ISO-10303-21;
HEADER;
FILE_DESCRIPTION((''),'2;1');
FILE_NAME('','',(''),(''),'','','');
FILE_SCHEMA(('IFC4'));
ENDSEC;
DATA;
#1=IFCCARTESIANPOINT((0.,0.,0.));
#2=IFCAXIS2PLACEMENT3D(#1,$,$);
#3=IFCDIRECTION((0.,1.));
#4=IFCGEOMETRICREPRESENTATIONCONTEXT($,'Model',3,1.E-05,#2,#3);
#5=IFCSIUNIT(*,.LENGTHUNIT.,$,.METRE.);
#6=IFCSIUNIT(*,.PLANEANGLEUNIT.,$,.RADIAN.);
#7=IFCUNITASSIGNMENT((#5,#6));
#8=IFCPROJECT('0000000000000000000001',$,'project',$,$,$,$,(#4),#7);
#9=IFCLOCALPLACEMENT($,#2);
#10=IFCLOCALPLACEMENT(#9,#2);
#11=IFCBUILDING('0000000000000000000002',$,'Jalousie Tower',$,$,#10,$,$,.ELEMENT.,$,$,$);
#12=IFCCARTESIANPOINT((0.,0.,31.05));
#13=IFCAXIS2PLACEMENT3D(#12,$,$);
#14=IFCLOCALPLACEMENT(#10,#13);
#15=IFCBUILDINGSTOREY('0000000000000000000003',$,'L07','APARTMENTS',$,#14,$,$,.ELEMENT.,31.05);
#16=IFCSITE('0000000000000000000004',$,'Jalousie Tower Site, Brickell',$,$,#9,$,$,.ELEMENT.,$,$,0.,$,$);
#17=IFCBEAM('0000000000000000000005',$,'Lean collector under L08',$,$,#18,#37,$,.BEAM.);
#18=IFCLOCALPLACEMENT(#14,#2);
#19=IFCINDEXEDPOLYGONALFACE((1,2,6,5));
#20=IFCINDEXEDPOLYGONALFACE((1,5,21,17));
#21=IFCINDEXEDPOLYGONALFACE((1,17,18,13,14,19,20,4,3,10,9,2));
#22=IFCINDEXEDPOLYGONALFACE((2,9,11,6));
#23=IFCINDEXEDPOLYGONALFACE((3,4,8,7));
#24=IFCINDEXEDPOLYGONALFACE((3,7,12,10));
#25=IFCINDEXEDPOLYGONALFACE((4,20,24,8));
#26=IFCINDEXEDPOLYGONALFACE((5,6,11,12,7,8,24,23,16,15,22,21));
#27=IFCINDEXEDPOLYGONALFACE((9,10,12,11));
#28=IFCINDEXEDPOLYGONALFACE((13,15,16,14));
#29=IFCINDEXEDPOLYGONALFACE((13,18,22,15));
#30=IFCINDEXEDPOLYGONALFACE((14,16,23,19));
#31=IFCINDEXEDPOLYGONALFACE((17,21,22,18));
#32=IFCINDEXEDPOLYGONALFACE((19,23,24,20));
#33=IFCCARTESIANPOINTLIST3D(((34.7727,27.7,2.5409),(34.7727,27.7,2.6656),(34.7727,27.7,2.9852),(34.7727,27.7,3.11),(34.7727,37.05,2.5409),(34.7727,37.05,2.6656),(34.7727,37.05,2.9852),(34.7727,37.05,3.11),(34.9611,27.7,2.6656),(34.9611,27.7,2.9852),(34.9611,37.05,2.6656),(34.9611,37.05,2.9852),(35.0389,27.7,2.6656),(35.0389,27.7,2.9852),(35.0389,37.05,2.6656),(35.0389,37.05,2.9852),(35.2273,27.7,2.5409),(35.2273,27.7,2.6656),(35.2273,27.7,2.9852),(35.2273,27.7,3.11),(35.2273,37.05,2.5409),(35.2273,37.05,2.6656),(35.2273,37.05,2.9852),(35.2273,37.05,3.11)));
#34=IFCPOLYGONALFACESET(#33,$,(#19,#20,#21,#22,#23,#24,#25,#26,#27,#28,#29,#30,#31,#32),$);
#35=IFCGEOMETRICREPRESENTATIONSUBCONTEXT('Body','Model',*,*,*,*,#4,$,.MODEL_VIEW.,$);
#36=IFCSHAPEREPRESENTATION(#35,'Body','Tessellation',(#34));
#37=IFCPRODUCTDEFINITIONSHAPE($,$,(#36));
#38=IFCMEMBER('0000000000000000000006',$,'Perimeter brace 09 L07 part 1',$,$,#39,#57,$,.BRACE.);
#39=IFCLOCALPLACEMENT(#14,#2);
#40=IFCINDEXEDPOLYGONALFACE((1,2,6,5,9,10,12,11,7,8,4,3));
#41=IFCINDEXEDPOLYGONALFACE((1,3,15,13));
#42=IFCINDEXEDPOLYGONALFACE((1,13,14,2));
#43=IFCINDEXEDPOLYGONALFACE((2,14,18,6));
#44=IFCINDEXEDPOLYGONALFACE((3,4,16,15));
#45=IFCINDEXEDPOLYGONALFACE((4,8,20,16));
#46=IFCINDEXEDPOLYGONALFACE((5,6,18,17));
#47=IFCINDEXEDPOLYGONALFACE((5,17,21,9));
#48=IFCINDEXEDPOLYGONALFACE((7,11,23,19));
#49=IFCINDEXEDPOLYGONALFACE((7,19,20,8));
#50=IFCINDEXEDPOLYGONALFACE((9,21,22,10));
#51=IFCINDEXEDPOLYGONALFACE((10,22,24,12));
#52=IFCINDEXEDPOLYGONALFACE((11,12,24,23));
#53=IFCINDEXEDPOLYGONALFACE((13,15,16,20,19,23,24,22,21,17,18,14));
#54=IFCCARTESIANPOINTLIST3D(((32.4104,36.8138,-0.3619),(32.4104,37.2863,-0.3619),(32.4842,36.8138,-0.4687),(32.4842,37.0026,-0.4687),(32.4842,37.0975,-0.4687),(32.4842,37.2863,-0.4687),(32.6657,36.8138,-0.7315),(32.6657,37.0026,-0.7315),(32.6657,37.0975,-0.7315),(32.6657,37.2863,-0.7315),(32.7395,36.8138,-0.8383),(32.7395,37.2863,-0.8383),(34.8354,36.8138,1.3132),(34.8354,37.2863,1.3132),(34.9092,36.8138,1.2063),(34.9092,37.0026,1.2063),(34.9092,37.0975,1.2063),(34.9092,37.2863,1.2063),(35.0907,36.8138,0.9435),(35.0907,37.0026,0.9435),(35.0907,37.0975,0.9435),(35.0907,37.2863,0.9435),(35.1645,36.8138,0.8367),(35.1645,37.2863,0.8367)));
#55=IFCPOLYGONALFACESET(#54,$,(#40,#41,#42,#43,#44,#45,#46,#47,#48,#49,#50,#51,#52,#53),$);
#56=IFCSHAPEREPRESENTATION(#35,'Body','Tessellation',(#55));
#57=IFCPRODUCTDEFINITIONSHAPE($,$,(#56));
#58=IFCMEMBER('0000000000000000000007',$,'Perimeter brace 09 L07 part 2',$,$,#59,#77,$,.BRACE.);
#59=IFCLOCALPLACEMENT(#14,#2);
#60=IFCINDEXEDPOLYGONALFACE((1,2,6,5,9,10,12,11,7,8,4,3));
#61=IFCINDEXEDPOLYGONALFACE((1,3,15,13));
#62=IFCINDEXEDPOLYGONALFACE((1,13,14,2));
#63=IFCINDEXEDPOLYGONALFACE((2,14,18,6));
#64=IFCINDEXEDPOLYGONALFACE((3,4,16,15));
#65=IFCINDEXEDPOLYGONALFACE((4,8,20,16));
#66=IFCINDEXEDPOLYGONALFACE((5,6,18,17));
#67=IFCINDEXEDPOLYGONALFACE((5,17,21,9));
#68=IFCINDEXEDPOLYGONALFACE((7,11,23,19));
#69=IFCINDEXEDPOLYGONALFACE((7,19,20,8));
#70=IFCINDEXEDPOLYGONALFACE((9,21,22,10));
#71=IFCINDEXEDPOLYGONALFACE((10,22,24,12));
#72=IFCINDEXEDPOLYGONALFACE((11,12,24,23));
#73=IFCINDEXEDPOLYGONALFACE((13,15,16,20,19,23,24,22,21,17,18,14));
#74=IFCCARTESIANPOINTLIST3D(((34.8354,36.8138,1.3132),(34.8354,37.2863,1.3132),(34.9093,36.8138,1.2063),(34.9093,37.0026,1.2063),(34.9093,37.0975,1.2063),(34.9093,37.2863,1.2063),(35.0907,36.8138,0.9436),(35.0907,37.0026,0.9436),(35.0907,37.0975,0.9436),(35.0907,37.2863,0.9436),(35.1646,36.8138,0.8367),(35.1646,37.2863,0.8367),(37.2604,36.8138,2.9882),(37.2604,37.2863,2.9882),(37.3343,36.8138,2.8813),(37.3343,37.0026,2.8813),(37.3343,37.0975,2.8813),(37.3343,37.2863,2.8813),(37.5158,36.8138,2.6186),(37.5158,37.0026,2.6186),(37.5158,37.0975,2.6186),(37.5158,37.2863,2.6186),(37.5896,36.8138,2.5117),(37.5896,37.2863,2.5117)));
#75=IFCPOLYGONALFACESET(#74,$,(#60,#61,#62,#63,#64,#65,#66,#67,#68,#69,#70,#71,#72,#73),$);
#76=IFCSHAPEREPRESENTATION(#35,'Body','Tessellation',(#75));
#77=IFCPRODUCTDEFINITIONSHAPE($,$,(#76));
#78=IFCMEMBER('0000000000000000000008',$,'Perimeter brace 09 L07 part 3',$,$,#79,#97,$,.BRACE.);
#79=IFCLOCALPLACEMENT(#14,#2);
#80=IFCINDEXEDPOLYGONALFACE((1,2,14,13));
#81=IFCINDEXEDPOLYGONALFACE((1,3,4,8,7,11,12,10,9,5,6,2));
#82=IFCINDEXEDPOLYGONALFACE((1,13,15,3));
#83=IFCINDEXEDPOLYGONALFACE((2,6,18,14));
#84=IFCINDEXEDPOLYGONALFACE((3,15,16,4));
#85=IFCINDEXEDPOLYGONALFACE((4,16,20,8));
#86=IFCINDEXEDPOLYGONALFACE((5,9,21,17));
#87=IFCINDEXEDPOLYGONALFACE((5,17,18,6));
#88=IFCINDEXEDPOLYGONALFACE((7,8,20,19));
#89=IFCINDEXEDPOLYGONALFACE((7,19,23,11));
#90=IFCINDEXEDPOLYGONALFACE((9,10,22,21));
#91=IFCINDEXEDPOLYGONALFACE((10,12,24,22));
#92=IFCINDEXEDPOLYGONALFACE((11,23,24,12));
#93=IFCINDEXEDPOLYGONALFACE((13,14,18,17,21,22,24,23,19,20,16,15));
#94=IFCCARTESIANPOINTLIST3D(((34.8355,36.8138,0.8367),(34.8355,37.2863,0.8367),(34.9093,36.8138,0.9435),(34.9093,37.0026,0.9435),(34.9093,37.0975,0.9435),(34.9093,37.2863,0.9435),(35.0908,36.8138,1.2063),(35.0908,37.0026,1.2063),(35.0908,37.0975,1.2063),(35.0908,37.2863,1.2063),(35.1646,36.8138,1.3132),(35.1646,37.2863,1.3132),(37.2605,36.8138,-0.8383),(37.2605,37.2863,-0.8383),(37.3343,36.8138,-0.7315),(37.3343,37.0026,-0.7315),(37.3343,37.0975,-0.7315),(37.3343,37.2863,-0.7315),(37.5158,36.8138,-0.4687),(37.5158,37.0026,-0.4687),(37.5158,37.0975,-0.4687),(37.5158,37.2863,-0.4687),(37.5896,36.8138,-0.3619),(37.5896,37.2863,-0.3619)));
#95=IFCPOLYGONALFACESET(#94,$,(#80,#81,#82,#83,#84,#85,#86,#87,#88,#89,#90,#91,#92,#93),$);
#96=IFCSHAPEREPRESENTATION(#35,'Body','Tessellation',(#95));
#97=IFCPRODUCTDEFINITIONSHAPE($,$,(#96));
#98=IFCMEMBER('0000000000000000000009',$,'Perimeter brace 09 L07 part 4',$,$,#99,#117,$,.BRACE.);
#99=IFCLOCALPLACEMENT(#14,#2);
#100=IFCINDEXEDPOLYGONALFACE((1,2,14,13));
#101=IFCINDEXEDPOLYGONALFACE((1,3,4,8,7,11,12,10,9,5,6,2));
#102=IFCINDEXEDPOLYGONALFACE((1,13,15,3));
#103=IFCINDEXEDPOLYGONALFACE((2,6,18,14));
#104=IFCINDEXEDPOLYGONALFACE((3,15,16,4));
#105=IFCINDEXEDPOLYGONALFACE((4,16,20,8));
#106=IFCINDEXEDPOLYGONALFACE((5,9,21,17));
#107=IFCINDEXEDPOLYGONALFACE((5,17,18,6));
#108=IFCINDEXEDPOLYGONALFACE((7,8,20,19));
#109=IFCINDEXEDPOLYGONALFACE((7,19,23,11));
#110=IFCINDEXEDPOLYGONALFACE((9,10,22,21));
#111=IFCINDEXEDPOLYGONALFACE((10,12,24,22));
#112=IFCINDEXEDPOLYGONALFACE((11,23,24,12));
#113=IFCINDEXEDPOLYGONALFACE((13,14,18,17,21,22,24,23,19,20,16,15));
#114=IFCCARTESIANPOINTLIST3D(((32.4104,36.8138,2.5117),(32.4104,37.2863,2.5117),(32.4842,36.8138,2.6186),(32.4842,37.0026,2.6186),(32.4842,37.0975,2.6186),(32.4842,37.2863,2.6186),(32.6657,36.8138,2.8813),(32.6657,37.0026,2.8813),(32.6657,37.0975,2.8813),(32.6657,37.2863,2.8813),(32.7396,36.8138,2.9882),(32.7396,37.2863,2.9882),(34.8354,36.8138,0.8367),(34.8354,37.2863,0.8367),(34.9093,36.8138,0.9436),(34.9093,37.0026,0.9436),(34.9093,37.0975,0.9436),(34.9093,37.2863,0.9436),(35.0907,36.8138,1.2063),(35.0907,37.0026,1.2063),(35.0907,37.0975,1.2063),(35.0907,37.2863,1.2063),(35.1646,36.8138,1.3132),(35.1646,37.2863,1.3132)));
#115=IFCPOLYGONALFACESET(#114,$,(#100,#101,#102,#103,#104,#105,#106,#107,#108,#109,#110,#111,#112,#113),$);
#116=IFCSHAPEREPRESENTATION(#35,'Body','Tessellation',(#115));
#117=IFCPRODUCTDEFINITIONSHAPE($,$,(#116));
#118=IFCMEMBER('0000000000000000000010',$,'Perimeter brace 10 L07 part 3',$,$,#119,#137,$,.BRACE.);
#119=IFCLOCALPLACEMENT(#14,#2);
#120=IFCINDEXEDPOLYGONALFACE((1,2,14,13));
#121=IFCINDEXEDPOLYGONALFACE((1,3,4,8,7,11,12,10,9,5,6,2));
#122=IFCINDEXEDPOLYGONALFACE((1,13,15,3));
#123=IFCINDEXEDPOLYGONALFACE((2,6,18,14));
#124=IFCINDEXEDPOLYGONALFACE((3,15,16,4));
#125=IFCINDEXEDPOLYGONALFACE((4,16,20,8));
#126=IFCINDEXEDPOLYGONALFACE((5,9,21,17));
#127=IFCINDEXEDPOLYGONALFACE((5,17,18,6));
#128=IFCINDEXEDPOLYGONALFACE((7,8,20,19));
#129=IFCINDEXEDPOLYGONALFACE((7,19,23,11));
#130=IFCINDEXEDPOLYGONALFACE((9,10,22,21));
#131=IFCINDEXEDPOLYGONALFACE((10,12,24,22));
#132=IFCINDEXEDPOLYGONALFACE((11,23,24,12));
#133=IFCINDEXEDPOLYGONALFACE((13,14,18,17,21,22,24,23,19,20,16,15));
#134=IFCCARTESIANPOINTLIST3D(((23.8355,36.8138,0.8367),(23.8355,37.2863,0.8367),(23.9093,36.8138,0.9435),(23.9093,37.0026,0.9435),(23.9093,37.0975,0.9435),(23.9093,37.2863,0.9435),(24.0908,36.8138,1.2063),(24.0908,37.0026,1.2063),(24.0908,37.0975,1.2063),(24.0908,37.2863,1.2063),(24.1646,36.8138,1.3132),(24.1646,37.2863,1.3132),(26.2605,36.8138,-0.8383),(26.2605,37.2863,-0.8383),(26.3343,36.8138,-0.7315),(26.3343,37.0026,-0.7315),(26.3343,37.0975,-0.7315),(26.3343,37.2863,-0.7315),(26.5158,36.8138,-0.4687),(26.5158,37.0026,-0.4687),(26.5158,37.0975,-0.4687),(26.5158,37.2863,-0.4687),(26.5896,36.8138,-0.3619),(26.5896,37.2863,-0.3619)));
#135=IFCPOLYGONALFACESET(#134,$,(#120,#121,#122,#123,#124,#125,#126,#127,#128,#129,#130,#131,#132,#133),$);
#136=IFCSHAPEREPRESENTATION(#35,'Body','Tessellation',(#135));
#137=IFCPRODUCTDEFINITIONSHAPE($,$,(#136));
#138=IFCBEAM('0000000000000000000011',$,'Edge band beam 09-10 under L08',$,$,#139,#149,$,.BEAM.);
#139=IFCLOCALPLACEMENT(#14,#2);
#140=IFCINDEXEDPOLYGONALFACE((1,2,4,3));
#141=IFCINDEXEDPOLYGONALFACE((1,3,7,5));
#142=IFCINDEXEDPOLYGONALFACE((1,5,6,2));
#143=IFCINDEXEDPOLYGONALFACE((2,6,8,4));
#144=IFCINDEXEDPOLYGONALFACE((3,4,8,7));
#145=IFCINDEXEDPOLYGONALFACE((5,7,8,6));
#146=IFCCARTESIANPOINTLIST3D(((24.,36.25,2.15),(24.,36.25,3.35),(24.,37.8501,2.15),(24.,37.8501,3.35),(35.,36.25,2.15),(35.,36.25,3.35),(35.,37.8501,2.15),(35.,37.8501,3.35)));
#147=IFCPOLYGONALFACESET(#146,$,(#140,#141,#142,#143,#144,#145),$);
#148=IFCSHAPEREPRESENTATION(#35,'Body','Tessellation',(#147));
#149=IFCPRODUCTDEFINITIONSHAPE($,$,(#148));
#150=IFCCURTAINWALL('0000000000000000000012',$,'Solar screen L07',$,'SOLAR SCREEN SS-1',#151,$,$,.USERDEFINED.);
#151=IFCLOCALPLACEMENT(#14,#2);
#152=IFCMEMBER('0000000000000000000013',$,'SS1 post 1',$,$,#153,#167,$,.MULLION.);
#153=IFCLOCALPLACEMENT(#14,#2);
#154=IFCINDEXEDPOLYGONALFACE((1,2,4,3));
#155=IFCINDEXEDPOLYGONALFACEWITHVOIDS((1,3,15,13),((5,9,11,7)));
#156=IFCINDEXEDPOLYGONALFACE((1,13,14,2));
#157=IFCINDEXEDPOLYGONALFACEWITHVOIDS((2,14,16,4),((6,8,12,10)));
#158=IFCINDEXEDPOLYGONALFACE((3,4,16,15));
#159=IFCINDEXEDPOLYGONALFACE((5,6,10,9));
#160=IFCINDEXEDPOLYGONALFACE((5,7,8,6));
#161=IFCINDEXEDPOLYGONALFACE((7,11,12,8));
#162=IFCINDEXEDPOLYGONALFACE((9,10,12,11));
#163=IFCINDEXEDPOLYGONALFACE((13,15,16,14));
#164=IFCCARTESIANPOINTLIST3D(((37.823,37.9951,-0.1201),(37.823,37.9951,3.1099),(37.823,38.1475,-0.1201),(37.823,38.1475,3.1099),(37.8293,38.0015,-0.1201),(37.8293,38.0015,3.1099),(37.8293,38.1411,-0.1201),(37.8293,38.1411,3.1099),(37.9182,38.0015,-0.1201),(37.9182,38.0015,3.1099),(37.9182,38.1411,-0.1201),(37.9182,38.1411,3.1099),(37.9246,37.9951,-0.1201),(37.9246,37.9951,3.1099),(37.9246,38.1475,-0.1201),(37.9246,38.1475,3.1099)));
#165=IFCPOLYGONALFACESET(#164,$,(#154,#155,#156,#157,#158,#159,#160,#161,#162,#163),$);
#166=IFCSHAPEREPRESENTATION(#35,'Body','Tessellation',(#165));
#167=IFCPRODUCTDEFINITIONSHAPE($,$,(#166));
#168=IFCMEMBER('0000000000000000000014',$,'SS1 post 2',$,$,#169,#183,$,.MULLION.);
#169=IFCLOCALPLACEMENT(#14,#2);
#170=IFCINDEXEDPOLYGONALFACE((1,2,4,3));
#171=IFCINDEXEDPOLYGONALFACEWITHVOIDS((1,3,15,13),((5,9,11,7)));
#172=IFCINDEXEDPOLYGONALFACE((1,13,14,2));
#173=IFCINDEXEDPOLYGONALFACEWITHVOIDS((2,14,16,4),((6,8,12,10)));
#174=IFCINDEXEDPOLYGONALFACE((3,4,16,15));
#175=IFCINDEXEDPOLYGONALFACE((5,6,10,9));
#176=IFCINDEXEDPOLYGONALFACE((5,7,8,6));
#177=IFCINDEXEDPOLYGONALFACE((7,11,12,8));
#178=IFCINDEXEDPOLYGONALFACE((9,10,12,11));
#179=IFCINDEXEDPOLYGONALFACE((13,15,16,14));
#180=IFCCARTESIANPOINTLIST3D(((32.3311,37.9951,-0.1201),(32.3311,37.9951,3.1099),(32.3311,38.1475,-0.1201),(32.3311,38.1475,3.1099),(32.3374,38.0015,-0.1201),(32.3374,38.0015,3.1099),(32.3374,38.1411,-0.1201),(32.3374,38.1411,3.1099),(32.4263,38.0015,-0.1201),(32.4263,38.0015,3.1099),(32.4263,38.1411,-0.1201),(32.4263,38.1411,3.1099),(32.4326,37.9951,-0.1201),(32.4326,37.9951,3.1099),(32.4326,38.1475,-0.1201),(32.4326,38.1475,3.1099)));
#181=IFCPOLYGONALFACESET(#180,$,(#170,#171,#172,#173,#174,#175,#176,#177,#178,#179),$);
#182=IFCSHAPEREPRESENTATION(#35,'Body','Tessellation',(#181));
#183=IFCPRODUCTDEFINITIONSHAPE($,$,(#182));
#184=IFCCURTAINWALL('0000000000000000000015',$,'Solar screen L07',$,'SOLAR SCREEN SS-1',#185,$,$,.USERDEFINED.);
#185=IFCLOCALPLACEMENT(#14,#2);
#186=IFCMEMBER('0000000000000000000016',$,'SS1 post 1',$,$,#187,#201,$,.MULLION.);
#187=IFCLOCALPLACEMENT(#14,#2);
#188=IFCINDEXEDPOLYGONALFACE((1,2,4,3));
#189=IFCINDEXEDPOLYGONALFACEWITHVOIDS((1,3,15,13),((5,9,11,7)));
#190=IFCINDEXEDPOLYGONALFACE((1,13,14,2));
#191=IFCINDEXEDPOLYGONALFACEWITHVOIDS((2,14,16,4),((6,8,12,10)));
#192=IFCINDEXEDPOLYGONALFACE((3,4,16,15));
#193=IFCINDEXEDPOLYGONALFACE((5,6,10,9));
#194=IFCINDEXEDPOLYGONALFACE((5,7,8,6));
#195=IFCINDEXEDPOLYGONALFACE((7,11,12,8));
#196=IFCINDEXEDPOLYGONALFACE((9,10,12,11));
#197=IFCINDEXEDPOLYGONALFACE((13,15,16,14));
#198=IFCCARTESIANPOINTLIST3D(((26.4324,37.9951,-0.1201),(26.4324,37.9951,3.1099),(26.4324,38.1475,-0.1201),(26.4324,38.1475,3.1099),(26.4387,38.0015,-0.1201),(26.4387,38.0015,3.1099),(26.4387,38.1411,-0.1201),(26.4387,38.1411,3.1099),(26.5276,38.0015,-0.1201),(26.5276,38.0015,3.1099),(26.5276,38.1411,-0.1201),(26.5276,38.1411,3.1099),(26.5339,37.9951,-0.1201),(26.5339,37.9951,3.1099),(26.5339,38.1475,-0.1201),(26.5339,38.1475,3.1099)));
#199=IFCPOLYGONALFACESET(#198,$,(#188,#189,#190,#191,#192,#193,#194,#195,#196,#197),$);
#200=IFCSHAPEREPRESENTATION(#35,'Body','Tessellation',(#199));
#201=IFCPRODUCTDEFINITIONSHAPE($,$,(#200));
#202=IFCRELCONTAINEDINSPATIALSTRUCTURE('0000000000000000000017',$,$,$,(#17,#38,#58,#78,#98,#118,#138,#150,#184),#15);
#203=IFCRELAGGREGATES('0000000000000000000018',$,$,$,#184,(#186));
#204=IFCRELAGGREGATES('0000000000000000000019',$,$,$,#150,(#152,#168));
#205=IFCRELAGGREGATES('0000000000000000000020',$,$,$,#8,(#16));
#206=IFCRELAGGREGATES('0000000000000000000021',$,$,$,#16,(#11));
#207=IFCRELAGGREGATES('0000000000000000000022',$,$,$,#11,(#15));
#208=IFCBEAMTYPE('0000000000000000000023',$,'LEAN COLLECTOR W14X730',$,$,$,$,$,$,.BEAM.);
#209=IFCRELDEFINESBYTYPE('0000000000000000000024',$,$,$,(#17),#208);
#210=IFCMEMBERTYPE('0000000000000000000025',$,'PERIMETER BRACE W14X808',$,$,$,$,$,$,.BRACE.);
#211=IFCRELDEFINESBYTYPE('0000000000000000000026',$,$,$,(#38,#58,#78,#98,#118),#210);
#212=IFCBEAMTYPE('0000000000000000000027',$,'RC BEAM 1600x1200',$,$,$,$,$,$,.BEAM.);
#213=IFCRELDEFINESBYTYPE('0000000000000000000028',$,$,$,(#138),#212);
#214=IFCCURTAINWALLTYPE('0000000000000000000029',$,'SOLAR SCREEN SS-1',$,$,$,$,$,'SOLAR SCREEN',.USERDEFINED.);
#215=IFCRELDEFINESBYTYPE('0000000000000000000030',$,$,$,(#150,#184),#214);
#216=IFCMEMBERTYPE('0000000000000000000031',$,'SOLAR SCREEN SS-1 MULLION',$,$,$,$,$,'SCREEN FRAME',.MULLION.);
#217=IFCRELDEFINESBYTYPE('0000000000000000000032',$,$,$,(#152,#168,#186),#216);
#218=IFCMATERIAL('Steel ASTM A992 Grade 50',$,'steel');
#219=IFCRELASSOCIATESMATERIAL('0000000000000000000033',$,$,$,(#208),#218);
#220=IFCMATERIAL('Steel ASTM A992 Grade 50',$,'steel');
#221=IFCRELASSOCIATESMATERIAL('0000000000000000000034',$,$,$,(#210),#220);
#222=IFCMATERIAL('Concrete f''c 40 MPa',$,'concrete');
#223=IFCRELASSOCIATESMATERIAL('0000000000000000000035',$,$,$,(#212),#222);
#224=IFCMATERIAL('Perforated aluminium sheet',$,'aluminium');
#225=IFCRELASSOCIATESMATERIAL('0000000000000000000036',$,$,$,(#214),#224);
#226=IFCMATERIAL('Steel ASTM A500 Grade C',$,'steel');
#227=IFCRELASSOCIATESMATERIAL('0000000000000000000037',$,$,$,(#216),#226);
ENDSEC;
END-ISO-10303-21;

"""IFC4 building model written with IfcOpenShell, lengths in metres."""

from ifc_helpers import new_model, si_unit, direction, frame, origin, origin_2d, place, context, subcontext, project, spatial, rectangle, hollow_rectangle, i_section, extrude, material, material_profile, profile_set, type_object, element, aggregate, save


model = new_model("IFC4")

# Units and contexts
model_context = context("Model", 3, precision=1e-05, world=origin(), true_north=direction((0.0, 1.0)))
body_context = subcontext(model_context, "Body", "Model", "MODEL_VIEW")
ifc_project = project(units=[si_unit("LENGTHUNIT", "METRE"), si_unit("PLANEANGLEUNIT", "RADIAN")], contexts=[model_context])

# Site, building, storey
site_placement = place(None, origin())
site = spatial("IfcSite", under=ifc_project, at=site_placement, Name="Jalousie Tower Site, Brickell", CompositionType="ELEMENT", RefElevation=0.0)
building_placement = place(site_placement, origin())
building = spatial("IfcBuilding", under=site, at=building_placement, Name="Jalousie Tower", CompositionType="ELEMENT")
storey_placement = place(building_placement, frame((0.0, 0.0, 31.05)))
storey = spatial("IfcBuildingStorey", under=building, at=storey_placement, Name="L07", Description="APARTMENTS", CompositionType="ELEMENT", Elevation=31.05)

# Beam
ifc_material_1 = material(Name="Steel ASTM A992 Grade 50", Category="steel")
ifc_material_profile_1 = material_profile(ifc_material_1, i_section(OverallWidth=0.4546, OverallDepth=0.5691, WebThickness=0.0779, FlangeThickness=0.1248, at=origin_2d()), Name="W14X730")
ifc_profile_set_1 = profile_set([ifc_material_profile_1], Name="Steel ASTM A992 Grade 50")
beam_type_1 = type_object("IfcBeamType", Name="LEAN COLLECTOR W14X730", PredefinedType="BEAM", material=ifc_profile_set_1)
beam_1_placement = place(storey_placement, frame((35.0, 37.05, 2.8254), z_axis=(0.0, -1.0, 0.0), x_axis=(1.0, 0.0, 0.0)))
element("IfcBeam", 1, at=beam_1_placement, inside=storey, type_object=beam_type_1, Name="Lean collector under L08", PredefinedType="BEAM", context=body_context, shape_type="SweptSolid", body=[
    extrude(i_section(OverallWidth=0.4546, OverallDepth=0.5691, WebThickness=0.0779, FlangeThickness=0.1248, at=origin_2d()), origin(), (0.0, 0.0, 1.0), 9.3501),
])

# Members
ifc_material_2 = material(Name="Steel ASTM A992 Grade 50", Category="steel")
ifc_material_profile_2 = material_profile(ifc_material_2, i_section(OverallWidth=0.4724, OverallDepth=0.5791, WebThickness=0.095, FlangeThickness=0.1299, at=origin_2d()), Name="W14X808")
ifc_profile_set_2 = profile_set([ifc_material_profile_2], Name="Steel ASTM A992 Grade 50")
member_type_1 = type_object("IfcMemberType", Name="PERIMETER BRACE W14X808", PredefinedType="BRACE", material=ifc_profile_set_2)
for number, where, z_axis, x_axis, name in (
    (2, (32.575, 37.05, -0.6001), (0.8228, 0.0, 0.568331), (0.0, 1.0, 0.0), "Perimeter brace 09 L07 part 1"),
    (3, (35.0, 37.05, 1.075), (0.8228, 0.0, 0.568331), (0.0, 1.0, 0.0), "Perimeter brace 09 L07 part 2"),
    (4, (37.425, 37.05, -0.6001), (-0.8228, 0.0, 0.568331), (0.0, -1.0, 0.0), "Perimeter brace 09 L07 part 3"),
    (5, (35.0, 37.05, 1.075), (-0.8228, 0.0, 0.568331), (0.0, -1.0, 0.0), "Perimeter brace 09 L07 part 4"),
    (6, (26.425, 37.05, -0.6001), (-0.8228, 0.0, 0.568331), (0.0, -1.0, 0.0), "Perimeter brace 10 L07 part 3"),
):
    element("IfcMember", number, at=place(storey_placement, frame(where, z_axis=z_axis, x_axis=x_axis)), inside=storey, type_object=member_type_1, Name=name, PredefinedType="BRACE", context=body_context, shape_type="SweptSolid", body=[
        extrude(i_section(OverallWidth=0.4724, OverallDepth=0.5791, WebThickness=0.095, FlangeThickness=0.1299, at=origin_2d()), origin(), (0.0, 0.0, 1.0), 2.9473),
    ])

# Beam
ifc_material_3 = material(Name="Concrete f'c 40 MPa", Category="concrete")
ifc_material_profile_3 = material_profile(ifc_material_3, rectangle(XDim=1.6001, YDim=1.2, at=origin_2d()), Name="RC 1600x1200")
ifc_profile_set_3 = profile_set([ifc_material_profile_3], Name="Concrete f'c 40 MPa")
beam_type_2 = type_object("IfcBeamType", Name="RC BEAM 1600x1200", PredefinedType="BEAM", material=ifc_profile_set_3)
beam_2_placement = place(storey_placement, frame((35.0, 37.05, 2.75), z_axis=(-1.0, 0.0, 0.0), x_axis=(0.0, -1.0, 0.0)))
element("IfcBeam", 7, at=beam_2_placement, inside=storey, type_object=beam_type_2, Name="Edge band beam 09-10 under L08", PredefinedType="BEAM", context=body_context, shape_type="SweptSolid", body=[
    extrude(rectangle(XDim=1.6001, YDim=1.2, at=origin_2d()), origin(), (0.0, 0.0, 1.0), 11.0),
])

# Curtain wall, members
ifc_material_4 = material(Name="Perforated aluminium sheet", Category="aluminium")
curtain_wall_type = type_object("IfcCurtainWallType", Name="SOLAR SCREEN SS-1", ElementType="SOLAR SCREEN", PredefinedType="USERDEFINED", material=ifc_material_4)
curtain_wall_1_placement = place(storey_placement, origin())
curtain_wall_1 = element("IfcCurtainWall", 8, at=curtain_wall_1_placement, inside=storey, type_object=curtain_wall_type, Name="Solar screen L07", ObjectType="SOLAR SCREEN SS-1", PredefinedType="USERDEFINED")
ifc_material_5 = material(Name="Steel ASTM A500 Grade C", Category="steel")
ifc_material_profile_4 = material_profile(ifc_material_5, hollow_rectangle(XDim=0.1016, YDim=0.1523, WallThickness=0.0063, at=origin_2d()), Name="HSS6X4X1/4")
ifc_profile_set_4 = profile_set([ifc_material_profile_4], Name="Steel ASTM A500 Grade C")
member_type_2 = type_object("IfcMemberType", Name="SOLAR SCREEN SS-1 MULLION", ElementType="SCREEN FRAME", PredefinedType="MULLION", material=ifc_profile_set_4)
member_1_placement = place(storey_placement, frame((37.8738, 38.0713, -0.1201), z_axis=(0.0, 0.0, 1.0), x_axis=(-1.0, 0.0, 0.0)))
member_1 = element("IfcMember", 9, at=member_1_placement, type_object=member_type_2, Name="SS1 post 1", PredefinedType="MULLION", context=body_context, shape_type="SweptSolid", body=[
    extrude(hollow_rectangle(XDim=0.1016, YDim=0.1523, WallThickness=0.0063, at=origin_2d()), origin(), (0.0, 0.0, 1.0), 3.23),
])
member_2_placement = place(storey_placement, frame((32.3818, 38.0713, -0.1201), z_axis=(0.0, 0.0, 1.0), x_axis=(-1.0, 0.0, 0.0)))
member_2 = element("IfcMember", 10, at=member_2_placement, type_object=member_type_2, Name="SS1 post 2", PredefinedType="MULLION", context=body_context, shape_type="SweptSolid", body=[
    extrude(hollow_rectangle(XDim=0.1016, YDim=0.1523, WallThickness=0.0063, at=origin_2d()), origin(), (0.0, 0.0, 1.0), 3.23),
])

# Curtain wall, member
curtain_wall_2_placement = place(storey_placement, origin())
curtain_wall_2 = element("IfcCurtainWall", 11, at=curtain_wall_2_placement, inside=storey, type_object=curtain_wall_type, Name="Solar screen L07", ObjectType="SOLAR SCREEN SS-1", PredefinedType="USERDEFINED")
member_3_placement = place(storey_placement, frame((26.4832, 38.0713, -0.1201), z_axis=(0.0, 0.0, 1.0), x_axis=(-1.0, 0.0, 0.0)))
member_3 = element("IfcMember", 12, at=member_3_placement, type_object=member_type_2, Name="SS1 post 1", PredefinedType="MULLION", context=body_context, shape_type="SweptSolid", body=[
    extrude(hollow_rectangle(XDim=0.1016, YDim=0.1523, WallThickness=0.0063, at=origin_2d()), origin(), (0.0, 0.0, 1.0), 3.23),
])

aggregate(curtain_wall_2, [member_3])

aggregate(curtain_wall_1, [member_1, member_2])

save(model, "model.ifc")
